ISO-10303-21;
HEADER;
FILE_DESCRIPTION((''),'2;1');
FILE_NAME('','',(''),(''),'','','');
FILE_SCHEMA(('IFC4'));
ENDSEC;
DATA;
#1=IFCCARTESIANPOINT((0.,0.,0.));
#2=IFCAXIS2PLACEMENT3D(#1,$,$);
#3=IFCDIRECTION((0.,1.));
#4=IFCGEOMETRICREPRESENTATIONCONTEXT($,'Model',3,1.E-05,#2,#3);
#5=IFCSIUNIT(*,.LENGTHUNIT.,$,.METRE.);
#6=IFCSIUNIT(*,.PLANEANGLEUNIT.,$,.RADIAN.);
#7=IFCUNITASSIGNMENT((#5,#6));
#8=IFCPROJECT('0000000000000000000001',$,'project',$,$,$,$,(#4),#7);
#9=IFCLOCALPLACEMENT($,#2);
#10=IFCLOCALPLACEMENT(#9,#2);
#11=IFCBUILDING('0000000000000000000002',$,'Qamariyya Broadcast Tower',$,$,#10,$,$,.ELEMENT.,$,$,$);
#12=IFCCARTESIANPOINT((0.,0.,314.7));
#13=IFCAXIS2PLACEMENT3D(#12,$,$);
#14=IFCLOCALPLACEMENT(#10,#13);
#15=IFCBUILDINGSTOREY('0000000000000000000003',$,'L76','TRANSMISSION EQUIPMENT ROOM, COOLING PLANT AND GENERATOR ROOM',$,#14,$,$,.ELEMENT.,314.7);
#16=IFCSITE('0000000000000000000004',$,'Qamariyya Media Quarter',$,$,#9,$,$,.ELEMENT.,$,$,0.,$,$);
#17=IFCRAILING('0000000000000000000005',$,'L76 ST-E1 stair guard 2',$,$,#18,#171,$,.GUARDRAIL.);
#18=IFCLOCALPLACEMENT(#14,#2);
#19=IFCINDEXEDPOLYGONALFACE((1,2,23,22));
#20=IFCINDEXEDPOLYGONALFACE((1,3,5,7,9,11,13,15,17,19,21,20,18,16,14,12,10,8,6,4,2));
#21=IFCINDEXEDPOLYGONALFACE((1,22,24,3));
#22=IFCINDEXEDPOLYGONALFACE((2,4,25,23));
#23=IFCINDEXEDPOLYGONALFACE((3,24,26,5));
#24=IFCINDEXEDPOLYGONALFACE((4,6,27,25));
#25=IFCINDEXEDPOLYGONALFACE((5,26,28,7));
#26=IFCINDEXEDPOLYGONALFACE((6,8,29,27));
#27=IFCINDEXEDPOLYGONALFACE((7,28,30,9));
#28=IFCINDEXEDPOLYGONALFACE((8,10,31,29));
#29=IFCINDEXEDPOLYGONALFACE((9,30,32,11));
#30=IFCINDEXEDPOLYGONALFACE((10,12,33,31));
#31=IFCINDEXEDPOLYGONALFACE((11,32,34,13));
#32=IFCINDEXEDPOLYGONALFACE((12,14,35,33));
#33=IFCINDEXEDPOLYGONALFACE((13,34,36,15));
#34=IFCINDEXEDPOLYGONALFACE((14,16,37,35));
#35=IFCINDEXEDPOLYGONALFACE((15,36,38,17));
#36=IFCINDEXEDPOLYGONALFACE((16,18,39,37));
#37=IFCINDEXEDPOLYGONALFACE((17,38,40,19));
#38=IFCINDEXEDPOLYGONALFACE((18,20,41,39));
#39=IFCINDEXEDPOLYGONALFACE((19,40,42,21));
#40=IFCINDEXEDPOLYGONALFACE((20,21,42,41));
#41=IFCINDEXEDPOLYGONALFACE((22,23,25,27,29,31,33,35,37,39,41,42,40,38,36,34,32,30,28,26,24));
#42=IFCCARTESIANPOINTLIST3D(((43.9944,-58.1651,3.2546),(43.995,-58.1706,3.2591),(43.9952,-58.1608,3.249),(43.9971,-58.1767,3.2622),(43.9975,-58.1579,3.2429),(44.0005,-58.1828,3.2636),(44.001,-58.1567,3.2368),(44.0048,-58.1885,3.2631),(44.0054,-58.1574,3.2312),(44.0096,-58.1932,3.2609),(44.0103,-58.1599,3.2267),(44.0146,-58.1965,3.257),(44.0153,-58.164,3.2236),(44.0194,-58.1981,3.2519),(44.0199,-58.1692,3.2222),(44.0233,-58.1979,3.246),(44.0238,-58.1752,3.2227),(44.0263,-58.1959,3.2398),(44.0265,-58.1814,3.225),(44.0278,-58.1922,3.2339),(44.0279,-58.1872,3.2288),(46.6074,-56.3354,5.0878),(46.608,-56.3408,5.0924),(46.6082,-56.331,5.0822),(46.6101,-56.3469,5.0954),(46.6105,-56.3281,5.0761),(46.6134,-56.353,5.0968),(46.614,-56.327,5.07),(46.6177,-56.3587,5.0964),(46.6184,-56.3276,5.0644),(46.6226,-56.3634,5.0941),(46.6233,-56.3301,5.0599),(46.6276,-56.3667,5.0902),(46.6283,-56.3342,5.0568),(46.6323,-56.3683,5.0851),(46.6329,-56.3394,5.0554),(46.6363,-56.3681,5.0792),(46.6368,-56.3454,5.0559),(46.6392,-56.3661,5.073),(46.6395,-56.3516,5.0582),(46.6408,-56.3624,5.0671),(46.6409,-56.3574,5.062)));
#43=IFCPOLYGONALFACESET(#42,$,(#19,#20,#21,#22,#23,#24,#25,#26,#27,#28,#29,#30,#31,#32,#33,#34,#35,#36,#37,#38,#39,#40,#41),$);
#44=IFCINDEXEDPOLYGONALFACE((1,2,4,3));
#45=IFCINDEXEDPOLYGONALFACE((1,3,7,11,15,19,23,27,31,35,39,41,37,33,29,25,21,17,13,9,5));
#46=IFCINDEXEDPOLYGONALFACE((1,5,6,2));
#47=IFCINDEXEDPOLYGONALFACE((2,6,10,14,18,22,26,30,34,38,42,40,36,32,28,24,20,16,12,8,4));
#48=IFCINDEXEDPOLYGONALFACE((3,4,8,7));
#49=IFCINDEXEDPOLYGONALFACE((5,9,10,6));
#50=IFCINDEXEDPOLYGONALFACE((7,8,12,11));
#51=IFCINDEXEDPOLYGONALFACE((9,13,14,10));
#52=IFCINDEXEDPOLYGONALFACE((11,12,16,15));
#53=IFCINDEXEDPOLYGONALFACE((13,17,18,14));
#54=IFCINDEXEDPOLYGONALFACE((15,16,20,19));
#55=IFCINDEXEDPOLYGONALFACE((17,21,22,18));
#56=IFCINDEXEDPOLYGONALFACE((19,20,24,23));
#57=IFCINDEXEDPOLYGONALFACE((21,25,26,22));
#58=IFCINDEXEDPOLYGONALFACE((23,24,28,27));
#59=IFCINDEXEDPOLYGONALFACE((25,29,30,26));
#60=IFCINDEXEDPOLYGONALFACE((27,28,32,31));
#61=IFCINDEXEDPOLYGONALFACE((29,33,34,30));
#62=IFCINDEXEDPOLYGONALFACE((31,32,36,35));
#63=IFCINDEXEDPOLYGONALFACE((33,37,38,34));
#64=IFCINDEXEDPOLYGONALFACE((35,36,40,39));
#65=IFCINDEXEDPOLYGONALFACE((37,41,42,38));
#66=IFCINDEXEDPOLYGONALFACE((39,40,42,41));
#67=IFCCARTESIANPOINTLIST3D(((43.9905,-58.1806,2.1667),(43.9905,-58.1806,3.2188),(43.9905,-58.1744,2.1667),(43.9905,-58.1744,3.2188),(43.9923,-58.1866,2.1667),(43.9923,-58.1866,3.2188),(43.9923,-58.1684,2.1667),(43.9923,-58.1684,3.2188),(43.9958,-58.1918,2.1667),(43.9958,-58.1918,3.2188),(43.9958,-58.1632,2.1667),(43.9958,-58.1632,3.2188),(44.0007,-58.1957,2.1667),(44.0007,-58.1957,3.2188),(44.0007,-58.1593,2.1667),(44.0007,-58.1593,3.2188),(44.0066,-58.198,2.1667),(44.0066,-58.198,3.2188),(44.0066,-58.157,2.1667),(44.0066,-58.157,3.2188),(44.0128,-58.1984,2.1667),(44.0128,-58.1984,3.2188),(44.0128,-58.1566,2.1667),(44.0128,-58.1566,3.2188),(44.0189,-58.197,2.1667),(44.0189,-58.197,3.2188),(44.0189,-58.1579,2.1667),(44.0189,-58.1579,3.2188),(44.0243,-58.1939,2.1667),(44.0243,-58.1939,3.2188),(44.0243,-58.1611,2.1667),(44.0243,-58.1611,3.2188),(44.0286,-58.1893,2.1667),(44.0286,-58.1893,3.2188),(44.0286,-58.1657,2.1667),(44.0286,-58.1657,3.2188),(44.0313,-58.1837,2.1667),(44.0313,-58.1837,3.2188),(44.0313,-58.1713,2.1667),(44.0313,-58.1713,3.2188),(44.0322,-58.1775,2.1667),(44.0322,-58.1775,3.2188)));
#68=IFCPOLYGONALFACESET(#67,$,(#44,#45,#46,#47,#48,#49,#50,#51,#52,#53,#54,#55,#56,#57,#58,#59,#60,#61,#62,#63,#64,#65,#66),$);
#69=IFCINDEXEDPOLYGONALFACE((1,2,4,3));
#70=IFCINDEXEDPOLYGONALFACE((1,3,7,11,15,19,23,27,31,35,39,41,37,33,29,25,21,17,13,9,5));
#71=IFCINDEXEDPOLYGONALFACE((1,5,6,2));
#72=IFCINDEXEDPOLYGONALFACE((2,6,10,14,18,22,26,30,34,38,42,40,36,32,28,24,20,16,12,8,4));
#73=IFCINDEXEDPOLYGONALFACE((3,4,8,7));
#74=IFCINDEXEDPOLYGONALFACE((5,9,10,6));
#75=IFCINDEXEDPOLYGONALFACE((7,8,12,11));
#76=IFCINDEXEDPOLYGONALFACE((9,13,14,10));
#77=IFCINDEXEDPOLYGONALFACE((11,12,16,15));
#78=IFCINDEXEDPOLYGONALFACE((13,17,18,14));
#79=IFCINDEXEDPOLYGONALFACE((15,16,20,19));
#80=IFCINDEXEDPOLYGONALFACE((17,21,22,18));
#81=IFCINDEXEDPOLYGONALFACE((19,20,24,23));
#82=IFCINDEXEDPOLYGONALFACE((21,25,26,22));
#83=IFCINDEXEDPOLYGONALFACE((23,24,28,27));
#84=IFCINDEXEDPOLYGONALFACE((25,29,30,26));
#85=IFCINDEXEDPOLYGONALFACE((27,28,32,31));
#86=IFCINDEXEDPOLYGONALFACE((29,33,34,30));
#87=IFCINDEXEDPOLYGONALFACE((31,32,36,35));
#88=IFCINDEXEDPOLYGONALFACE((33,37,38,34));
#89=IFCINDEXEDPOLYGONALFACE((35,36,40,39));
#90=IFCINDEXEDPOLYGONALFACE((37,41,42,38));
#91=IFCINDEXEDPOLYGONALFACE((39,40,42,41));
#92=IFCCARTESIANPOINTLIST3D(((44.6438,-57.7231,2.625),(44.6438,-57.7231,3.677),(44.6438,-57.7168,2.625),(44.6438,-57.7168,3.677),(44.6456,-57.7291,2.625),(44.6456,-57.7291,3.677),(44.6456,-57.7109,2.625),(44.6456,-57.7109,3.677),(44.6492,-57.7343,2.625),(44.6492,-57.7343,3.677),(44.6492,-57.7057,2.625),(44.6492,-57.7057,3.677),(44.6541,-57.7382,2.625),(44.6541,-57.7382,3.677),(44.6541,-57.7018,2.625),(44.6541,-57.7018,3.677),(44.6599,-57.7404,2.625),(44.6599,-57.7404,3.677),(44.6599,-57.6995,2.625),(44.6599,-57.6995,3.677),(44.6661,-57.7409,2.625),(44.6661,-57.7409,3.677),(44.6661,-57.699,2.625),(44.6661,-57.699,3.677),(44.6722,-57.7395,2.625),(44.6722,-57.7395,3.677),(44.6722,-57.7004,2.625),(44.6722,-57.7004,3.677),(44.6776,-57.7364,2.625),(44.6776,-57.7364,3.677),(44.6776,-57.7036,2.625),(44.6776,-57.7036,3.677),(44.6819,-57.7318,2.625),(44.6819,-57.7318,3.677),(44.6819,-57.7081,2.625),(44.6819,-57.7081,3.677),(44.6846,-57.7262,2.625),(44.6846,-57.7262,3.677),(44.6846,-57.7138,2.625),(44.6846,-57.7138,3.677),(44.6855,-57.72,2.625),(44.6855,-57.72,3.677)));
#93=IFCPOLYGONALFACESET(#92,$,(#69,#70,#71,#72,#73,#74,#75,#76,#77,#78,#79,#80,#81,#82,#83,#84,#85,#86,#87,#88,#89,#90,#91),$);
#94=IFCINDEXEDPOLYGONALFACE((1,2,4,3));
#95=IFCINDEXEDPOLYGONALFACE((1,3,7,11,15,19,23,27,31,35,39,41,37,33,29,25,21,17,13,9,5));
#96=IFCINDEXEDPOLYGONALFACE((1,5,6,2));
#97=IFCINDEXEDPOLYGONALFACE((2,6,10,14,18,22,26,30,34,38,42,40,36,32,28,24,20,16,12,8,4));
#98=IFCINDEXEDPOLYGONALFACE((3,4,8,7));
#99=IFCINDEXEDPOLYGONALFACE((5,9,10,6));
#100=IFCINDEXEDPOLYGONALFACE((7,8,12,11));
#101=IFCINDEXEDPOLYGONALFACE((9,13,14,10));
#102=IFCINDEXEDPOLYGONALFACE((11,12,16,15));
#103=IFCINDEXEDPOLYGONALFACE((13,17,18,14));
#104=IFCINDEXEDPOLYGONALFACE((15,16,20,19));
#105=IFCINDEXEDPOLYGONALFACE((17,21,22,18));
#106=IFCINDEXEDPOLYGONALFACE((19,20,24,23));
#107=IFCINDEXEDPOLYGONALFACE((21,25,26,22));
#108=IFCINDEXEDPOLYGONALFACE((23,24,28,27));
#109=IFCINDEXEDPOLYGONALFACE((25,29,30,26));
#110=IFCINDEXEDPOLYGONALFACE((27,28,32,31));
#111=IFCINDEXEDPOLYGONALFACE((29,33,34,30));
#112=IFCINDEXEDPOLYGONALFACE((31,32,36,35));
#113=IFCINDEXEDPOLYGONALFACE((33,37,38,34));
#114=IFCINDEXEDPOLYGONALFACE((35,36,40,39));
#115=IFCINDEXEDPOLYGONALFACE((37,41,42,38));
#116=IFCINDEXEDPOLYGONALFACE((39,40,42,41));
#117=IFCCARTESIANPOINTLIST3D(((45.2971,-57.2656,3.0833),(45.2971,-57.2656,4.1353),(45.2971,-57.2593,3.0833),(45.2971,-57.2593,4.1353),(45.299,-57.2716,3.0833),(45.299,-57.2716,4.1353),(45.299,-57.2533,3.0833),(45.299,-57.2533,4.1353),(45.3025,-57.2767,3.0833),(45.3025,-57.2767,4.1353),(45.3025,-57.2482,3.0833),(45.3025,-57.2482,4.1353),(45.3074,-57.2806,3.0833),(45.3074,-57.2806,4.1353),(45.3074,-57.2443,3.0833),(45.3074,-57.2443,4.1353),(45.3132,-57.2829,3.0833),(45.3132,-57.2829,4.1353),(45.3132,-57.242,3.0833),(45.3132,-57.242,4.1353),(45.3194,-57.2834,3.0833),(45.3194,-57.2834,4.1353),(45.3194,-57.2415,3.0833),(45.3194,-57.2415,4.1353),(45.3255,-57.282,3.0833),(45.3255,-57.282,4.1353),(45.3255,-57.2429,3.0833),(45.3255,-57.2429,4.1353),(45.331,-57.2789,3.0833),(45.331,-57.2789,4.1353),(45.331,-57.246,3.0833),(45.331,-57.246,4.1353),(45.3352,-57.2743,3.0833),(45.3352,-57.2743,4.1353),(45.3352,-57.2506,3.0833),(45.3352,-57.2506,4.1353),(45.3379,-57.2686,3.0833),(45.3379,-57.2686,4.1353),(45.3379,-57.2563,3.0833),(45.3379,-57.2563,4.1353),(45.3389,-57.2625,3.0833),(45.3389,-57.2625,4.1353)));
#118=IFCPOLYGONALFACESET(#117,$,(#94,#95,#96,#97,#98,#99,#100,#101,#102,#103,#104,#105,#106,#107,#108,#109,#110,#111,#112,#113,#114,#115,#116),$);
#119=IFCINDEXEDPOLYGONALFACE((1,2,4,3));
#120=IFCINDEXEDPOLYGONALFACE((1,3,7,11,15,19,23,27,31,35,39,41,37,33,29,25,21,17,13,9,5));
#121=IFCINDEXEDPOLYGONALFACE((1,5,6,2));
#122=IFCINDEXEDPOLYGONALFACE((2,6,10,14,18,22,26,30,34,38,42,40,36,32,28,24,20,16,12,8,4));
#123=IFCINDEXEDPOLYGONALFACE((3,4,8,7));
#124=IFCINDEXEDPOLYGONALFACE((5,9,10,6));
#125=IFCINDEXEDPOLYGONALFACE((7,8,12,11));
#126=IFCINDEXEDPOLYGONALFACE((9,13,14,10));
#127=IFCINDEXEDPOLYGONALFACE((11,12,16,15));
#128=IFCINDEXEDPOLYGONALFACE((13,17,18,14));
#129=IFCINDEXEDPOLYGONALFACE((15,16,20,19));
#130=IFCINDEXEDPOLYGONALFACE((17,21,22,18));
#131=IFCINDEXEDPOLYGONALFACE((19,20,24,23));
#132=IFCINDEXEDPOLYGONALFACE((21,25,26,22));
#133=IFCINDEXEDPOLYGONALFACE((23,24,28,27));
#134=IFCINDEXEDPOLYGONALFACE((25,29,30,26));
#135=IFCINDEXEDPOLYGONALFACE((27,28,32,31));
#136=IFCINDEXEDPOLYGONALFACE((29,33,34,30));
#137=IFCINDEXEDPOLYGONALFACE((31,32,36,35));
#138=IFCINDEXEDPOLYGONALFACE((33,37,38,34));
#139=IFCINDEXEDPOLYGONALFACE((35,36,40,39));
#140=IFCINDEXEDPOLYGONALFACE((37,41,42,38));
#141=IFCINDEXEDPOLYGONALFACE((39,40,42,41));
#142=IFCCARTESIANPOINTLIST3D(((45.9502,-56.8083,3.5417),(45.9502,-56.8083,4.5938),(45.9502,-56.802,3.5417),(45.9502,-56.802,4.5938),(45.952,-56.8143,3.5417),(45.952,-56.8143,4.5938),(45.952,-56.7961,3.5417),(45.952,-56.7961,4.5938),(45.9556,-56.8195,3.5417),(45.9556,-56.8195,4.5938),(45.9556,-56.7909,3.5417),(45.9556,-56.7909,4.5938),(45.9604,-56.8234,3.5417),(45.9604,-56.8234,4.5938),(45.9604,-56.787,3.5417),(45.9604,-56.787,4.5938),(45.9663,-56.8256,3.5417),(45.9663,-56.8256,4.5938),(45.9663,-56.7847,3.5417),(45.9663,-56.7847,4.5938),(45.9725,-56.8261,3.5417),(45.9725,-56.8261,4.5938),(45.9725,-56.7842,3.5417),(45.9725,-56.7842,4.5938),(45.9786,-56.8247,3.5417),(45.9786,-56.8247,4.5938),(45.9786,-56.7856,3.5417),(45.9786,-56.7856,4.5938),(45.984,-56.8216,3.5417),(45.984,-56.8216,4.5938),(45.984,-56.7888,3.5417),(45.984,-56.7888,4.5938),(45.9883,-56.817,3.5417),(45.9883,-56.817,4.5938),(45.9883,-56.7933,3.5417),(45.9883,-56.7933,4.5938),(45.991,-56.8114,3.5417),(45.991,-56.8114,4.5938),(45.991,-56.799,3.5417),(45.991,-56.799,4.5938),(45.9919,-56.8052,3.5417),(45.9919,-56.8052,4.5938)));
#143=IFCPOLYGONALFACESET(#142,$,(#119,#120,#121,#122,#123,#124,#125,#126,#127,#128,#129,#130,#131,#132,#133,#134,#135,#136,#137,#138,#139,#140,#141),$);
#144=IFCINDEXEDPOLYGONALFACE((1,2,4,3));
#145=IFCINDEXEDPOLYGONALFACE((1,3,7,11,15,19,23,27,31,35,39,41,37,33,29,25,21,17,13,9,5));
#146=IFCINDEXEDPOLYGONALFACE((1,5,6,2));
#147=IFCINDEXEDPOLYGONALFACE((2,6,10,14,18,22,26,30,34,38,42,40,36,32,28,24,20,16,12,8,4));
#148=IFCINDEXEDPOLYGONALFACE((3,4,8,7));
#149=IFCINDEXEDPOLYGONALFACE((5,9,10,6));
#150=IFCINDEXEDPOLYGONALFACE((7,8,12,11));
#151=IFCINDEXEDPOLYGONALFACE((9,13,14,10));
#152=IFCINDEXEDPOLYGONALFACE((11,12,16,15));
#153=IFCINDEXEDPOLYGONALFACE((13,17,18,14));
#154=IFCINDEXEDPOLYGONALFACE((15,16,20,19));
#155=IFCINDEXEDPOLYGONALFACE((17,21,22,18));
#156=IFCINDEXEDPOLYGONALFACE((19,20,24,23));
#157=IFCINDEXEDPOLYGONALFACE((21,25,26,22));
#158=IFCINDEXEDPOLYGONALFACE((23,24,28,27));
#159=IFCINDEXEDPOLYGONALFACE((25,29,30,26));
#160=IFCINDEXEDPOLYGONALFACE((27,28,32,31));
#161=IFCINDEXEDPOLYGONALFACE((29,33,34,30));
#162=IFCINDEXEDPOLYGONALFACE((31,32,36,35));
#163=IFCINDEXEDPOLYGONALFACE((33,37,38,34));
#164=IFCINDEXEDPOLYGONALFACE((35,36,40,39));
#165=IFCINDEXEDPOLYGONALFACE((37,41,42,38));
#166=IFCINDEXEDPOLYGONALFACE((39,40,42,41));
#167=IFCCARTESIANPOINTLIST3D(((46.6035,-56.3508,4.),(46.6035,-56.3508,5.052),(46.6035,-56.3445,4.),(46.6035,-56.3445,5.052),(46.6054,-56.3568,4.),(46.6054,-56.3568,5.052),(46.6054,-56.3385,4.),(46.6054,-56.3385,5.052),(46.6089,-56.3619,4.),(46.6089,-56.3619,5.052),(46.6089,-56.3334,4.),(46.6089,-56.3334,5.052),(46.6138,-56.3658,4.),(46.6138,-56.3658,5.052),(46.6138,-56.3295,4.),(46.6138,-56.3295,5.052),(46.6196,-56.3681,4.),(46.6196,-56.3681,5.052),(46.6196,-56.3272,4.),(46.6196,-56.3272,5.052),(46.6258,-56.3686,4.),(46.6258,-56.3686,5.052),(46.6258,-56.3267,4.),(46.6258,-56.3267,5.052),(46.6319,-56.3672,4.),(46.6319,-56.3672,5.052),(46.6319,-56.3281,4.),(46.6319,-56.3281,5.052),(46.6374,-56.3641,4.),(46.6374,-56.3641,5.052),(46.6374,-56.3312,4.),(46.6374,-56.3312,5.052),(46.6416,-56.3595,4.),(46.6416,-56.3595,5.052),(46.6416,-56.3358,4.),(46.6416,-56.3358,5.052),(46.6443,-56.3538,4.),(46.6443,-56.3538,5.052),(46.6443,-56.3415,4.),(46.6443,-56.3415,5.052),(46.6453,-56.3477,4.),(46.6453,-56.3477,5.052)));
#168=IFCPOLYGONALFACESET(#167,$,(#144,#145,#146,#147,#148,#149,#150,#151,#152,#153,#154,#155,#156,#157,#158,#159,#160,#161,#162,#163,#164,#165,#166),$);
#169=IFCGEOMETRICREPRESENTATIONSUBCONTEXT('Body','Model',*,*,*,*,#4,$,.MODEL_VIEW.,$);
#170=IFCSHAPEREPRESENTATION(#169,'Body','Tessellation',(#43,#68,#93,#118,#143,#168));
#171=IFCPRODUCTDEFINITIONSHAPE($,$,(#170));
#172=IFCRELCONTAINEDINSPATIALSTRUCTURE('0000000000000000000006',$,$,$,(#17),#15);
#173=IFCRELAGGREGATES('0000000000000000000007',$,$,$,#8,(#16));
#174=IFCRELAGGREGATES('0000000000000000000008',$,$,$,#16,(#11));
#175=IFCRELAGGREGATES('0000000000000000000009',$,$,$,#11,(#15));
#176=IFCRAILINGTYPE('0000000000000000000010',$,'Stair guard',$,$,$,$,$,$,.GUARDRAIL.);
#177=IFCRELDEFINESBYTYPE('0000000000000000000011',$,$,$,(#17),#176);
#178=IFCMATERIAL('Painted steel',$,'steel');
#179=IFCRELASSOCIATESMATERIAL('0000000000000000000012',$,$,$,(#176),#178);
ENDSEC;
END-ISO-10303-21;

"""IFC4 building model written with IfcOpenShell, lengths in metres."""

from ifc_helpers import new_model, si_unit, direction, frame, origin, origin_2d, place, context, subcontext, project, spatial, circle, extrude, material, type_object, element, save


model = new_model("IFC4")

# Units and contexts
model_context = context("Model", 3, precision=1e-05, world=origin(), true_north=direction((0.0, 1.0)))
body_context = subcontext(model_context, "Body", "Model", "MODEL_VIEW")
ifc_project = project(units=[si_unit("LENGTHUNIT", "METRE"), si_unit("PLANEANGLEUNIT", "RADIAN")], contexts=[model_context])

# Site, building, storey
site_placement = place(None, origin())
site = spatial("IfcSite", under=ifc_project, at=site_placement, Name="Qamariyya Media Quarter", CompositionType="ELEMENT", RefElevation=0.0)
building_placement = place(site_placement, origin())
building = spatial("IfcBuilding", under=site, at=building_placement, Name="Qamariyya Broadcast Tower", CompositionType="ELEMENT")
storey_placement = place(building_placement, frame((0.0, 0.0, 314.7)))
storey = spatial("IfcBuildingStorey", under=building, at=storey_placement, Name="L76", Description="TRANSMISSION EQUIPMENT ROOM, COOLING PLANT AND GENERATOR ROOM", CompositionType="ELEMENT", Elevation=314.7)

# Railing
ifc_material_1 = material(Name="Painted steel", Category="steel")
railing_type_1 = type_object("IfcRailingType", Name="Stair guard", PredefinedType="GUARDRAIL", material=ifc_material_1)
railing_1_placement = place(storey_placement, frame((44.0112, -58.1775, 2.1667)))
element("IfcRailing", 1, at=railing_1_placement, inside=storey, type_object=railing_type_1, Name="L76 ST-E1 stair guard 2", PredefinedType="GUARDRAIL", context=body_context, shape_type="SweptSolid", body=[
    extrude(circle(Radius=0.0239, at=origin_2d()), frame((0.0, 0.0, 1.0762), z_axis=(0.710204, 0.497335, 0.498264), x_axis=(-0.573611, 0.819128, 0.0)), (0.0, 0.0, 1.0), 3.6792),
    extrude(circle(Radius=0.021, at=origin_2d()), origin(), (0.0, 0.0, 1.0), 1.052),
    extrude(circle(Radius=0.021, at=origin_2d()), frame((0.6533, 0.4575, 0.4583)), (0.0, 0.0, 1.0), 1.052),
    extrude(circle(Radius=0.021, at=origin_2d()), frame((1.3066, 0.915, 0.9165)), (0.0, 0.0, 1.0), 1.052),
    extrude(circle(Radius=0.021, at=origin_2d()), frame((1.9597, 1.3723, 1.375)), (0.0, 0.0, 1.0), 1.052),
    extrude(circle(Radius=0.021, at=origin_2d()), frame((2.613, 1.8298, 1.8333)), (0.0, 0.0, 1.0), 1.052),
])

save(model, "model.ifc")
